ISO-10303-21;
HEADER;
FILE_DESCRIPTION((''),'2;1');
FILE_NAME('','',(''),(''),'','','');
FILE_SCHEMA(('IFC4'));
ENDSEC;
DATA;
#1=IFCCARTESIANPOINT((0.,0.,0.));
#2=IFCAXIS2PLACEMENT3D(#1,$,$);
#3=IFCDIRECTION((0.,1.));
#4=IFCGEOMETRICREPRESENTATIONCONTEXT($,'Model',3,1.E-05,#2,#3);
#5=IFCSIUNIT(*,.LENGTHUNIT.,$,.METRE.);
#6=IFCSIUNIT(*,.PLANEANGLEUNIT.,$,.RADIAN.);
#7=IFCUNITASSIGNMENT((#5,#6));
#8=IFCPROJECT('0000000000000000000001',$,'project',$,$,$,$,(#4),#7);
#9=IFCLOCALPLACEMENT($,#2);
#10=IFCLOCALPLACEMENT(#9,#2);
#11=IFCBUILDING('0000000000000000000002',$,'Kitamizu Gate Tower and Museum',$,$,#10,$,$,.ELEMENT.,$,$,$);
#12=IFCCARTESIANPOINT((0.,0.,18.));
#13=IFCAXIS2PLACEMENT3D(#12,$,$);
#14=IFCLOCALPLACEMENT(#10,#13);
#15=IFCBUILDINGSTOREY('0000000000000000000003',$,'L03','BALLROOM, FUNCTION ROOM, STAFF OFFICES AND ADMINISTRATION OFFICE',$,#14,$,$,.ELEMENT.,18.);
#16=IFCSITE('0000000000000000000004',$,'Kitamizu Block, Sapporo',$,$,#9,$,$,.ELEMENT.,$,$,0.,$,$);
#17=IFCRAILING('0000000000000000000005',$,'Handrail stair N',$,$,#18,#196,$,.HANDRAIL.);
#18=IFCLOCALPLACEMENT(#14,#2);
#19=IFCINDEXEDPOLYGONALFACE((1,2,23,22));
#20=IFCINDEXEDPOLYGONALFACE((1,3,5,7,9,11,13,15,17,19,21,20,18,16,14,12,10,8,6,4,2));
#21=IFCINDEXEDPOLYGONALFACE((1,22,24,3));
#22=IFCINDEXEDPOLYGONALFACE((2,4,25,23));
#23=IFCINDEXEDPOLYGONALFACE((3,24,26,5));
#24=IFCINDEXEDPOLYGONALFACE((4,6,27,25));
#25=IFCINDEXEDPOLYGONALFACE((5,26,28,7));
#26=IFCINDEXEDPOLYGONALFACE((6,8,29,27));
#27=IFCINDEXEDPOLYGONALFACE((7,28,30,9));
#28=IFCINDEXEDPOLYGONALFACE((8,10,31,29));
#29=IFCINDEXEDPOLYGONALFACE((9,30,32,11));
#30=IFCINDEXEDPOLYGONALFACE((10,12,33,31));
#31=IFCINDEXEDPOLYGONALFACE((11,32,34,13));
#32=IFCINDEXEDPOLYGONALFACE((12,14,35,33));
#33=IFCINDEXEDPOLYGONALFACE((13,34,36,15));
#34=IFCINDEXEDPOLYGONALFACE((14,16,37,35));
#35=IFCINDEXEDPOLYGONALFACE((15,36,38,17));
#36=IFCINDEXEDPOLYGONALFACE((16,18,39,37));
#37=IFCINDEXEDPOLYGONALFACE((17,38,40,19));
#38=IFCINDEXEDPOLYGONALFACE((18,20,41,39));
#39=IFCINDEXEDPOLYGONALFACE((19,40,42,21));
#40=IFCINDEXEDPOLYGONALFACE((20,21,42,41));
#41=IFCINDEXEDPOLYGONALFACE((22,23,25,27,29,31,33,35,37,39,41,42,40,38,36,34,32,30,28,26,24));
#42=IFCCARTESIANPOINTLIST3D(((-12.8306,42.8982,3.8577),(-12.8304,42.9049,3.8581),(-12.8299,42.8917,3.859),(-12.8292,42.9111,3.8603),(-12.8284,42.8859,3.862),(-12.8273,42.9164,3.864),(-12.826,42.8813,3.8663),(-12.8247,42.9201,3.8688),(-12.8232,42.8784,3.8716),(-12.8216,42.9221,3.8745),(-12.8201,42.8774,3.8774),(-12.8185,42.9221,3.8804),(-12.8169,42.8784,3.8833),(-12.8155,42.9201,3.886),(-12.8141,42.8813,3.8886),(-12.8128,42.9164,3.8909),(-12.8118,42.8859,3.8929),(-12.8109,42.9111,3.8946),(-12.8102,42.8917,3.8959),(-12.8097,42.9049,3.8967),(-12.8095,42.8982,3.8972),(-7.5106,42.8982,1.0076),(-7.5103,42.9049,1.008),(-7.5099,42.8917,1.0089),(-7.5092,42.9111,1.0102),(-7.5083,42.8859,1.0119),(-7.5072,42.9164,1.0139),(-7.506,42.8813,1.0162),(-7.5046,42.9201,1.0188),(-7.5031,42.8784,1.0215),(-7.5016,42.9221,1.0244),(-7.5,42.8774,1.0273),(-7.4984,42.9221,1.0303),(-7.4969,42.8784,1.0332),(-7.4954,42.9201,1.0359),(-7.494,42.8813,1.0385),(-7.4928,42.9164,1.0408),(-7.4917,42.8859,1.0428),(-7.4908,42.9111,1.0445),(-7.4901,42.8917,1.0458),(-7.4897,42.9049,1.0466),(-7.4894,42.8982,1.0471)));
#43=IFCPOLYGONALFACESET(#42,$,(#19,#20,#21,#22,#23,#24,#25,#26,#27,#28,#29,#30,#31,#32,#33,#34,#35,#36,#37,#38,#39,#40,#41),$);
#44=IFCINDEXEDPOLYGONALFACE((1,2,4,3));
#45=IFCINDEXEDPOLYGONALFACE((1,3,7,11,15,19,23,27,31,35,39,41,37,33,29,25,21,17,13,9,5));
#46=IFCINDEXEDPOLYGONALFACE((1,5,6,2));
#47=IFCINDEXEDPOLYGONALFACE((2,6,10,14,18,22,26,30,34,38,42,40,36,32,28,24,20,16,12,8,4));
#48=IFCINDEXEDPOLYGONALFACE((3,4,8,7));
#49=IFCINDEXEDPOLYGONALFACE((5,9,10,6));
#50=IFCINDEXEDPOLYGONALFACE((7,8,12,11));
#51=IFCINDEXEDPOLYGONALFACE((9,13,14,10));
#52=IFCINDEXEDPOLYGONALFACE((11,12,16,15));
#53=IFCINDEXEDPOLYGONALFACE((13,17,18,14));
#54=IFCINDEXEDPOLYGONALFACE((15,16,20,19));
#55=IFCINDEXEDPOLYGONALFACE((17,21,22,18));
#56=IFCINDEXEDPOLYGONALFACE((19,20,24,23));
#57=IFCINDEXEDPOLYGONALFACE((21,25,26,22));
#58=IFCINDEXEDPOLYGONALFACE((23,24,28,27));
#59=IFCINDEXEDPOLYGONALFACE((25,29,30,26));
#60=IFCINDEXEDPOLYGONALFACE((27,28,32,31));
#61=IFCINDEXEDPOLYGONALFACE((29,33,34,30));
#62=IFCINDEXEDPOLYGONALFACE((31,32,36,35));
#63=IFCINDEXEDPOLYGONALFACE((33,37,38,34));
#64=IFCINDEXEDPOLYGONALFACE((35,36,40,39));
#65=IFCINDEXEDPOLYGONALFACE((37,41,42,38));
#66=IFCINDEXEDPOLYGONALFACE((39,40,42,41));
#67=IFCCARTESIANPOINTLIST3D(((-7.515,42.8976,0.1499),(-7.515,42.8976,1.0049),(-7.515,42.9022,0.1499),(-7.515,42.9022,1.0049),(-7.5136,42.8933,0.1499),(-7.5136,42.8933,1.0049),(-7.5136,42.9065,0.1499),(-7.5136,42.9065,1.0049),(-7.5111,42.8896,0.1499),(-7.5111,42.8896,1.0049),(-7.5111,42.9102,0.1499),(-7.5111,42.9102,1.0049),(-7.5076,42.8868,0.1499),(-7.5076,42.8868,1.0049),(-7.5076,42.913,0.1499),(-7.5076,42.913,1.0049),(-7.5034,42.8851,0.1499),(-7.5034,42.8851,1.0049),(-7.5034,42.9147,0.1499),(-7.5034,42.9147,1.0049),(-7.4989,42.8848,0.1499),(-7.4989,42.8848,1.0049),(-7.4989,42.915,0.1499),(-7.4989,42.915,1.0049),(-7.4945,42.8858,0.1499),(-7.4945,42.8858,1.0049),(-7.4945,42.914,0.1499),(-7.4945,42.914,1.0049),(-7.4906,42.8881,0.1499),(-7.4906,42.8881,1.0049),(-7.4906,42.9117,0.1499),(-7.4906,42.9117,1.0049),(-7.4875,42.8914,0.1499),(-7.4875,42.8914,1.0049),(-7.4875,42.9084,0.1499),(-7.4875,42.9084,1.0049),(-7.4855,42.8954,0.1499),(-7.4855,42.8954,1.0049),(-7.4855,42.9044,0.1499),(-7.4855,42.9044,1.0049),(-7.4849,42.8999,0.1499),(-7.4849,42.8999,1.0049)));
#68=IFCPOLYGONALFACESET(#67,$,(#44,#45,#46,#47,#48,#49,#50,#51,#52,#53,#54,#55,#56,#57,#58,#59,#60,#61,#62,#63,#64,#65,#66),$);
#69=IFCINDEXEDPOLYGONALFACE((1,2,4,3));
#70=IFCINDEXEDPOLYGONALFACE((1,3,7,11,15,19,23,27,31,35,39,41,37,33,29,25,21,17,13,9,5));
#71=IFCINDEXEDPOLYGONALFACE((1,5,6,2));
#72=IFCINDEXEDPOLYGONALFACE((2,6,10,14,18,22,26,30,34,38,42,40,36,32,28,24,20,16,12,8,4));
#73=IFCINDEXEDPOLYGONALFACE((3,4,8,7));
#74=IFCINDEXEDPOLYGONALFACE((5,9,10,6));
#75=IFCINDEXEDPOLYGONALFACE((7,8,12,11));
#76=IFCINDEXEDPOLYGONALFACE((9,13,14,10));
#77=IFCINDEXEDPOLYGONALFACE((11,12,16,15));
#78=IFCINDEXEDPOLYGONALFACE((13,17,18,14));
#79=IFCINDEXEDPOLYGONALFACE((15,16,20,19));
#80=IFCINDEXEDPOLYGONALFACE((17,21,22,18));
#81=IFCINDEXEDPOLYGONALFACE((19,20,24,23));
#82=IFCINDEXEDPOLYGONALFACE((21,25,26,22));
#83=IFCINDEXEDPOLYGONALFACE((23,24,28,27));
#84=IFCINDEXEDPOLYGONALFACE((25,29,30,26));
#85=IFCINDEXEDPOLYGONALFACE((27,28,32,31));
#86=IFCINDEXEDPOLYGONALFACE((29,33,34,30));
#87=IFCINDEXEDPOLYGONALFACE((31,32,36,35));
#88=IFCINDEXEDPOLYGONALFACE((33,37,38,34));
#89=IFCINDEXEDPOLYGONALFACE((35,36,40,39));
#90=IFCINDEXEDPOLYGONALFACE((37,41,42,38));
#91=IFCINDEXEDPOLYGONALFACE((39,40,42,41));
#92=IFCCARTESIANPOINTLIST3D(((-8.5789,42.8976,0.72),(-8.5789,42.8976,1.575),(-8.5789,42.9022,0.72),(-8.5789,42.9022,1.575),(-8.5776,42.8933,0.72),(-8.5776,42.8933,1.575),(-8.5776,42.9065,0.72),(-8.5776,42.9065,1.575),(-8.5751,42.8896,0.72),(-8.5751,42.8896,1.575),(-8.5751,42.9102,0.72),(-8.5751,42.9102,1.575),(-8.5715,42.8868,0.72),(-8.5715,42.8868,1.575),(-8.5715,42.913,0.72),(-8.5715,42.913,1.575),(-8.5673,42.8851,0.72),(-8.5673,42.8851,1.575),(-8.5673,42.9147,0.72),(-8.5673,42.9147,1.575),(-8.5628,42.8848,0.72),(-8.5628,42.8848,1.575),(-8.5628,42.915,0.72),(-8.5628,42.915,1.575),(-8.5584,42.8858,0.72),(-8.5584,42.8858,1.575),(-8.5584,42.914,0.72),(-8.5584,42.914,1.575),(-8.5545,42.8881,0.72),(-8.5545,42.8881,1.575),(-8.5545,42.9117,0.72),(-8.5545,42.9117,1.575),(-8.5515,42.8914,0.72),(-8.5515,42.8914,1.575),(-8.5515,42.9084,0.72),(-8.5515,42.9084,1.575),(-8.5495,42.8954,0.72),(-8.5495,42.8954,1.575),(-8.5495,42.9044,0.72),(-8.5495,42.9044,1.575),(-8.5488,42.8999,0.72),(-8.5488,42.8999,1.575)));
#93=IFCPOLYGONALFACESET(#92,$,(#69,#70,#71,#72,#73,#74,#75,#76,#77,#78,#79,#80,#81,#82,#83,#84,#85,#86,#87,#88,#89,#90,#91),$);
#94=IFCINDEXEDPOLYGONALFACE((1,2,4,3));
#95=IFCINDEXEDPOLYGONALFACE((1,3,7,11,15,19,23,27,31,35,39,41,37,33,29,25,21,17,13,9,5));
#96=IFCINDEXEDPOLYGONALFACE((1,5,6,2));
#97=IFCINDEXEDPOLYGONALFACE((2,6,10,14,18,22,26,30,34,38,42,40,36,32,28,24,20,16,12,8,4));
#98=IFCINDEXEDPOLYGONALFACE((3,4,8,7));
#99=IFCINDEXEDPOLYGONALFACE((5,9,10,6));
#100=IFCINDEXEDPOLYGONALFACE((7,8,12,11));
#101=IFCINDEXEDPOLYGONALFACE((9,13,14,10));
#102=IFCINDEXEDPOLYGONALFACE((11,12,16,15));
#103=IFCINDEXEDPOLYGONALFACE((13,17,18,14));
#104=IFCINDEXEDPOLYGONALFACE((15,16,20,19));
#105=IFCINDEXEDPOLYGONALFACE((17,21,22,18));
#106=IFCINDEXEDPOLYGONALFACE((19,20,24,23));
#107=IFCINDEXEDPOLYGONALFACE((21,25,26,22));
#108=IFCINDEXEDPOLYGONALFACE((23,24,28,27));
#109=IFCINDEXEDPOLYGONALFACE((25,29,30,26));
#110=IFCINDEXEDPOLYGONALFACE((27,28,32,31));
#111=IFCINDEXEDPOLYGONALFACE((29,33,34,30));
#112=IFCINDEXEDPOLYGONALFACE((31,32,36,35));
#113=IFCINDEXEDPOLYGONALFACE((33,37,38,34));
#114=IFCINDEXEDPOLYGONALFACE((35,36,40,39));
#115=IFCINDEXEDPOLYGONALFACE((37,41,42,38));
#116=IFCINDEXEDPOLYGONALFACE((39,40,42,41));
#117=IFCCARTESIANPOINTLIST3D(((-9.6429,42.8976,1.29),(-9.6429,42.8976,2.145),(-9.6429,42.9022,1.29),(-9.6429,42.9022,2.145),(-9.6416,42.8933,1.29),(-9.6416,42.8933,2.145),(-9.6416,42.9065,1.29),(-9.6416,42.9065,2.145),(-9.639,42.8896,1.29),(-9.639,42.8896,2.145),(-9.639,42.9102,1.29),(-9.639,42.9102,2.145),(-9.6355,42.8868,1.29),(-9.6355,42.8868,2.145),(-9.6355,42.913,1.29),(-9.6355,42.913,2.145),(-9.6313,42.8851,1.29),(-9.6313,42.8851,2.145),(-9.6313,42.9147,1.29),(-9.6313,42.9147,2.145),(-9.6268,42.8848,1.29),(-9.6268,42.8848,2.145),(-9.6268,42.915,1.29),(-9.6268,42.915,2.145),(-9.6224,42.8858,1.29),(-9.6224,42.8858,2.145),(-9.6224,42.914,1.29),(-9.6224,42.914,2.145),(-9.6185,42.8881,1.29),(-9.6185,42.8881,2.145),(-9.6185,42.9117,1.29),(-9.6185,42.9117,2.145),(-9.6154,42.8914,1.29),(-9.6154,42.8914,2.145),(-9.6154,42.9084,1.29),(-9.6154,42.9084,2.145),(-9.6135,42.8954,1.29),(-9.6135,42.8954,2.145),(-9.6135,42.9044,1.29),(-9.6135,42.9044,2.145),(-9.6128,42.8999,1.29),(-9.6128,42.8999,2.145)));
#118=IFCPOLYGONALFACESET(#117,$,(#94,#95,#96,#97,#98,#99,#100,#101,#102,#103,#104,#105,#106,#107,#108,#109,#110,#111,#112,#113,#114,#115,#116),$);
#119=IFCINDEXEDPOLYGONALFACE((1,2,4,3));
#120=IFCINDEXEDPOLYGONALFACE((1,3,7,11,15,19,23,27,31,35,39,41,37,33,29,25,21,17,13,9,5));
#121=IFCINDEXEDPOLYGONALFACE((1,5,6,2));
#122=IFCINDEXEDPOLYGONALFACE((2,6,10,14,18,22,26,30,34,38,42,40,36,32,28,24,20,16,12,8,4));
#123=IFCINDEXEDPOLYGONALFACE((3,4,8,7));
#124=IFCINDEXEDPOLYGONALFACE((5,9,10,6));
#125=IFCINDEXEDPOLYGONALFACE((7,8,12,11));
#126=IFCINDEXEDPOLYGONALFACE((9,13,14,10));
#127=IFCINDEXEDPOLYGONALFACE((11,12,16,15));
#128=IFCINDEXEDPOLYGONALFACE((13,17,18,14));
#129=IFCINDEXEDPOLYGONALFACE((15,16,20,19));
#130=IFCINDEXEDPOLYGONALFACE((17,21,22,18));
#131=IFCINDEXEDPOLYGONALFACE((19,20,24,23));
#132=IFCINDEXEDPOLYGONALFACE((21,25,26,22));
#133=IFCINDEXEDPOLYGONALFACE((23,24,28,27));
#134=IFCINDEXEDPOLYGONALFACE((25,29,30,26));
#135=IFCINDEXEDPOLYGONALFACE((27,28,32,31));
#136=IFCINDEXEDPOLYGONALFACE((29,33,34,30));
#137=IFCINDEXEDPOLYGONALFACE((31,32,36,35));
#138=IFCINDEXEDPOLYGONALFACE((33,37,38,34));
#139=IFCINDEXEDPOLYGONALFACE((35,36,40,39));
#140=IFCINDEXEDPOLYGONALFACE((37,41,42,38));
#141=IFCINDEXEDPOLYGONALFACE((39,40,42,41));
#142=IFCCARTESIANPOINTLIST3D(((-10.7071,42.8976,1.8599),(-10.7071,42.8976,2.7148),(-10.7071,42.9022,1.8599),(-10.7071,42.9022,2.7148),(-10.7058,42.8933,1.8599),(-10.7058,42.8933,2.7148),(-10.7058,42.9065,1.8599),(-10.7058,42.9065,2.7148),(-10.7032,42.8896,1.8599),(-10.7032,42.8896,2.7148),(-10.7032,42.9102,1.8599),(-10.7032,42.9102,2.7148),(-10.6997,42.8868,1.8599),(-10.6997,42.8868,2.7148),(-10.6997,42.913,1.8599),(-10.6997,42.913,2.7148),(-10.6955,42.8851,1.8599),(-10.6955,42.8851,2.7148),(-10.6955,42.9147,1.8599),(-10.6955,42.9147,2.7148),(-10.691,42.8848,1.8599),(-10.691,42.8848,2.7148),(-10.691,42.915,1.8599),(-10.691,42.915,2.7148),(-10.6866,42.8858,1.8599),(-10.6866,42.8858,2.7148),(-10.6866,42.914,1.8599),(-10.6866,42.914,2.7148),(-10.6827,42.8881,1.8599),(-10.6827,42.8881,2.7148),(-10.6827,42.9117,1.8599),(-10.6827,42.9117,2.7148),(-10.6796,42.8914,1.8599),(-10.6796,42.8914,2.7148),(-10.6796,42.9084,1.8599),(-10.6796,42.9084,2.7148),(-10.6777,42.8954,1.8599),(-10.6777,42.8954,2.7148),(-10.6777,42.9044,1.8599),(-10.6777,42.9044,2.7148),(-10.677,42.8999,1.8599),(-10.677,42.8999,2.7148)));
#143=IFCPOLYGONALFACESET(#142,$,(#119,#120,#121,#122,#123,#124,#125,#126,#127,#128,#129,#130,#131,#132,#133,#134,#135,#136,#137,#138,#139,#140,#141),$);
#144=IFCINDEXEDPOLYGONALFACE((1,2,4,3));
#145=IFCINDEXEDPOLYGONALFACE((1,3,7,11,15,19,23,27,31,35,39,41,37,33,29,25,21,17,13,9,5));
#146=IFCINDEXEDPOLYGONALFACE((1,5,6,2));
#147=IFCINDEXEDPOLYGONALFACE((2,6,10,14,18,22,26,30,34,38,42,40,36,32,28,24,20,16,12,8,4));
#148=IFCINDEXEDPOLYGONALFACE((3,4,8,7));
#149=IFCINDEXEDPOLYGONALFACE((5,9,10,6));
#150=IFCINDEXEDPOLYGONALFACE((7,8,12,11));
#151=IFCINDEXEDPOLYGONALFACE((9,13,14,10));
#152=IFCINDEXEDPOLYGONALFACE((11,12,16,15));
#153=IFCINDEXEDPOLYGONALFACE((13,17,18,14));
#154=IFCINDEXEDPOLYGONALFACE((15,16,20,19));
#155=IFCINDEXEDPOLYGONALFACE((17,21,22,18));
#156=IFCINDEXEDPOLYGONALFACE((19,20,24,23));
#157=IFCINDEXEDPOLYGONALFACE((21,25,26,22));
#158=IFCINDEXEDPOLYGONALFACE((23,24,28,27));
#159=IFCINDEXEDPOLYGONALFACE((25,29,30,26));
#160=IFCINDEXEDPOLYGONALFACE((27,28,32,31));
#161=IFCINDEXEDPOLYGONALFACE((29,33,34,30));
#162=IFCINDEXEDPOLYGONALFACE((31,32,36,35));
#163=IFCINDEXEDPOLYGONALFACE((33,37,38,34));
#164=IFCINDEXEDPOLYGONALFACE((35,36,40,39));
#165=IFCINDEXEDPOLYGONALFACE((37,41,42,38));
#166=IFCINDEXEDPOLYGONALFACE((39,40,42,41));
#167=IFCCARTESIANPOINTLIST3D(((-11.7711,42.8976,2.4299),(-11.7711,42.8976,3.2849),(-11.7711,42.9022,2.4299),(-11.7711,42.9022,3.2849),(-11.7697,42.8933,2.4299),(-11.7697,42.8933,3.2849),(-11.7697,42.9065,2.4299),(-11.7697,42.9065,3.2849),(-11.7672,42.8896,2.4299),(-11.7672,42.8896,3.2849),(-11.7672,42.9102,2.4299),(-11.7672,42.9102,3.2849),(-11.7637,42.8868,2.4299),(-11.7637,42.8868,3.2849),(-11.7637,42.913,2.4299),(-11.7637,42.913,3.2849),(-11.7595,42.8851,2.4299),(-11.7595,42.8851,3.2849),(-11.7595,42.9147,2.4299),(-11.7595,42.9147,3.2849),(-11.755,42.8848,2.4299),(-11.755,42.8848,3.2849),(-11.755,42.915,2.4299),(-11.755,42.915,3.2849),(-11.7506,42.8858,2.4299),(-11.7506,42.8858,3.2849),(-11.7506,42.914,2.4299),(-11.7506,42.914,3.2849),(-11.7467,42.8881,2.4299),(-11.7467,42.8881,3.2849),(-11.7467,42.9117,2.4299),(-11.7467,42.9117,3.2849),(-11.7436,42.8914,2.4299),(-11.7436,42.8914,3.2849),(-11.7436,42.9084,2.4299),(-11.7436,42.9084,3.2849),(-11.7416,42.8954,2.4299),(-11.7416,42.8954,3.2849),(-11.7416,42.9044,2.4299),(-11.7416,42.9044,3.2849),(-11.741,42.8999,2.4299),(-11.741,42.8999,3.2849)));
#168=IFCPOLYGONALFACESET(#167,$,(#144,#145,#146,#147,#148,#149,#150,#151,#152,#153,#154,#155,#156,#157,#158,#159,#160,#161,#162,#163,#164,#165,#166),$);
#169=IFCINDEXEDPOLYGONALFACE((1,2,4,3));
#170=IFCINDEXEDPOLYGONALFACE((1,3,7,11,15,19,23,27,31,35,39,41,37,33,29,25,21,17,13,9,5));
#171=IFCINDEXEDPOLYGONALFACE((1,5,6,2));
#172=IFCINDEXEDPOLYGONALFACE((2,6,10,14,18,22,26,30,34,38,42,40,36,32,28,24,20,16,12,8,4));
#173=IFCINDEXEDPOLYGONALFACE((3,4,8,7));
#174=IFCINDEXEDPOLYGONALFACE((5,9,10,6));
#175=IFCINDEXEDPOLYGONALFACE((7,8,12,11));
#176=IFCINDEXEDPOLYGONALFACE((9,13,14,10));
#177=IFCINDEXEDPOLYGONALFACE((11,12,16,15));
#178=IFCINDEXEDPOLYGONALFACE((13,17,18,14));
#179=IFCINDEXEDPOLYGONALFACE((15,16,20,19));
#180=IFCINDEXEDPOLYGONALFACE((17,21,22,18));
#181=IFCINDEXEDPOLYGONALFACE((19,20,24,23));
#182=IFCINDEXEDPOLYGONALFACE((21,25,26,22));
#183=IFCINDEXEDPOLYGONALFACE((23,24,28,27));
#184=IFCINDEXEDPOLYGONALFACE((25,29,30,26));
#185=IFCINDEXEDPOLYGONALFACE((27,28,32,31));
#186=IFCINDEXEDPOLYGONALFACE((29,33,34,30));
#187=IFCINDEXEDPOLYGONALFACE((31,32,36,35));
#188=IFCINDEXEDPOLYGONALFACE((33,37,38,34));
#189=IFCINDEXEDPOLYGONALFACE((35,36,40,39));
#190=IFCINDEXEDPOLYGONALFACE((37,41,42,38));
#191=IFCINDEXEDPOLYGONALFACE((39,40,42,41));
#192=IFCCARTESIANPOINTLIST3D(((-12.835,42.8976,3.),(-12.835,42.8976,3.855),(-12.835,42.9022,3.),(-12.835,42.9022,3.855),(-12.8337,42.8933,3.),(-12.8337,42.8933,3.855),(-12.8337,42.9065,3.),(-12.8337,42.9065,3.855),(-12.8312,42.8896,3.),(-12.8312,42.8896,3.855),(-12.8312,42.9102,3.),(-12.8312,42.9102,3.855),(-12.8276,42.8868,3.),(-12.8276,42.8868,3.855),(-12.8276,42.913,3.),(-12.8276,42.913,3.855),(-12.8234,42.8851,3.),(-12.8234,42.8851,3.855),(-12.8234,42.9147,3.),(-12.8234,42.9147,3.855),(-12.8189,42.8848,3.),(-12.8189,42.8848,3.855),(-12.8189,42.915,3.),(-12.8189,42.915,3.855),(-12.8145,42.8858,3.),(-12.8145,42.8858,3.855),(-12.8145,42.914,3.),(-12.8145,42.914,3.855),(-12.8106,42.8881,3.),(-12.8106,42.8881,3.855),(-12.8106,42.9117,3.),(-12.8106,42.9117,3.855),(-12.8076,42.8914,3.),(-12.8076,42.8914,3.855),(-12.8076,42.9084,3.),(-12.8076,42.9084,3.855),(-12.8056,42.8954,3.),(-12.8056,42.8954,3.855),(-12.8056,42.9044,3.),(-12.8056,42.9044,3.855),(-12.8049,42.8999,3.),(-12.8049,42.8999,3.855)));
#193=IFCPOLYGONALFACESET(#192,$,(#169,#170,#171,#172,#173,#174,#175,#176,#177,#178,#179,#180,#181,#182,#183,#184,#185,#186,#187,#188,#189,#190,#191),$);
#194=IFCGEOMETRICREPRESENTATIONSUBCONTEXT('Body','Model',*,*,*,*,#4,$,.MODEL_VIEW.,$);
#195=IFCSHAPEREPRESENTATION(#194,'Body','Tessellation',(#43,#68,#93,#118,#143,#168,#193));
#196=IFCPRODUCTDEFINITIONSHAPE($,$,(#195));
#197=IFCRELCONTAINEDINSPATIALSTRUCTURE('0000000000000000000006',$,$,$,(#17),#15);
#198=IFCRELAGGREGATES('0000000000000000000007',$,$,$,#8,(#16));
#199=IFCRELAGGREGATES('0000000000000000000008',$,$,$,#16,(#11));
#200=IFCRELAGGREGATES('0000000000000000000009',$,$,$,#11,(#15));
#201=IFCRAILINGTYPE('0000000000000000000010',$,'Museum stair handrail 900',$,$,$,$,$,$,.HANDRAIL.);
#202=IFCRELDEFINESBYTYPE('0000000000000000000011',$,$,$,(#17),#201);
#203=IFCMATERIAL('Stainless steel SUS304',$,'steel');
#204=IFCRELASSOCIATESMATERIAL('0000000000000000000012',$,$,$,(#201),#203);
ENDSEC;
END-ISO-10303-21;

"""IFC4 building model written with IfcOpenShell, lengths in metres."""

from ifc_helpers import new_model, si_unit, direction, frame, origin, origin_2d, place, context, subcontext, project, spatial, circle, extrude, material, type_object, element, save


model = new_model("IFC4")

# Units and contexts
model_context = context("Model", 3, precision=1e-05, world=origin(), true_north=direction((0.0, 1.0)))
body_context = subcontext(model_context, "Body", "Model", "MODEL_VIEW")
ifc_project = project(units=[si_unit("LENGTHUNIT", "METRE"), si_unit("PLANEANGLEUNIT", "RADIAN")], contexts=[model_context])

# Site, building, storey
site_placement = place(None, origin())
site = spatial("IfcSite", under=ifc_project, at=site_placement, Name="Kitamizu Block, Sapporo", CompositionType="ELEMENT", RefElevation=0.0)
building_placement = place(site_placement, origin())
building = spatial("IfcBuilding", under=site, at=building_placement, Name="Kitamizu Gate Tower and Museum", CompositionType="ELEMENT")
storey_placement = place(building_placement, frame((0.0, 0.0, 18.0)))
storey = spatial("IfcBuildingStorey", under=building, at=storey_placement, Name="L03", Description="BALLROOM, FUNCTION ROOM, STAFF OFFICES AND ADMINISTRATION OFFICE", CompositionType="ELEMENT", Elevation=18.0)

# Railing
ifc_material_1 = material(Name="Stainless steel SUS304", Category="steel")
railing_type = type_object("IfcRailingType", Name="Museum stair handrail 900", PredefinedType="HANDRAIL", material=ifc_material_1)
for number, where, name in (
    (1, (-7.5, 42.8999, 0.1499), "Handrail stair N"),
):
    element("IfcRailing", number, at=place(storey_placement, frame(where)), inside=storey, type_object=railing_type, Name=name, PredefinedType="HANDRAIL", context=body_context, shape_type="SweptSolid", body=[
        extrude(circle(Radius=0.0225, at=origin_2d()), frame((0.0, 0.0, 0.8774), z_axis=(-0.881476, 0.0, 0.472229), x_axis=(0.0, -1.0, 0.0)), (0.0, 0.0, 1.0), 6.0354),
        extrude(circle(Radius=0.0151, at=origin_2d()), origin(), (0.0, 0.0, 1.0), 0.855),
        extrude(circle(Radius=0.0151, at=origin_2d()), frame((-1.064, 0.0, 0.5701)), (0.0, 0.0, 1.0), 0.855),
        extrude(circle(Radius=0.0151, at=origin_2d()), frame((-2.1279, 0.0, 1.1401)), (0.0, 0.0, 1.0), 0.855),
        extrude(circle(Radius=0.0151, at=origin_2d()), frame((-3.1921, 0.0, 1.71)), (0.0, 0.0, 1.0), 0.855),
        extrude(circle(Radius=0.0151, at=origin_2d()), frame((-4.2561, 0.0, 2.28)), (0.0, 0.0, 1.0), 0.855),
        extrude(circle(Radius=0.0151, at=origin_2d()), frame((-5.3201, 0.0, 2.8501)), (0.0, 0.0, 1.0), 0.855),
    ])

save(model, "model.ifc")
